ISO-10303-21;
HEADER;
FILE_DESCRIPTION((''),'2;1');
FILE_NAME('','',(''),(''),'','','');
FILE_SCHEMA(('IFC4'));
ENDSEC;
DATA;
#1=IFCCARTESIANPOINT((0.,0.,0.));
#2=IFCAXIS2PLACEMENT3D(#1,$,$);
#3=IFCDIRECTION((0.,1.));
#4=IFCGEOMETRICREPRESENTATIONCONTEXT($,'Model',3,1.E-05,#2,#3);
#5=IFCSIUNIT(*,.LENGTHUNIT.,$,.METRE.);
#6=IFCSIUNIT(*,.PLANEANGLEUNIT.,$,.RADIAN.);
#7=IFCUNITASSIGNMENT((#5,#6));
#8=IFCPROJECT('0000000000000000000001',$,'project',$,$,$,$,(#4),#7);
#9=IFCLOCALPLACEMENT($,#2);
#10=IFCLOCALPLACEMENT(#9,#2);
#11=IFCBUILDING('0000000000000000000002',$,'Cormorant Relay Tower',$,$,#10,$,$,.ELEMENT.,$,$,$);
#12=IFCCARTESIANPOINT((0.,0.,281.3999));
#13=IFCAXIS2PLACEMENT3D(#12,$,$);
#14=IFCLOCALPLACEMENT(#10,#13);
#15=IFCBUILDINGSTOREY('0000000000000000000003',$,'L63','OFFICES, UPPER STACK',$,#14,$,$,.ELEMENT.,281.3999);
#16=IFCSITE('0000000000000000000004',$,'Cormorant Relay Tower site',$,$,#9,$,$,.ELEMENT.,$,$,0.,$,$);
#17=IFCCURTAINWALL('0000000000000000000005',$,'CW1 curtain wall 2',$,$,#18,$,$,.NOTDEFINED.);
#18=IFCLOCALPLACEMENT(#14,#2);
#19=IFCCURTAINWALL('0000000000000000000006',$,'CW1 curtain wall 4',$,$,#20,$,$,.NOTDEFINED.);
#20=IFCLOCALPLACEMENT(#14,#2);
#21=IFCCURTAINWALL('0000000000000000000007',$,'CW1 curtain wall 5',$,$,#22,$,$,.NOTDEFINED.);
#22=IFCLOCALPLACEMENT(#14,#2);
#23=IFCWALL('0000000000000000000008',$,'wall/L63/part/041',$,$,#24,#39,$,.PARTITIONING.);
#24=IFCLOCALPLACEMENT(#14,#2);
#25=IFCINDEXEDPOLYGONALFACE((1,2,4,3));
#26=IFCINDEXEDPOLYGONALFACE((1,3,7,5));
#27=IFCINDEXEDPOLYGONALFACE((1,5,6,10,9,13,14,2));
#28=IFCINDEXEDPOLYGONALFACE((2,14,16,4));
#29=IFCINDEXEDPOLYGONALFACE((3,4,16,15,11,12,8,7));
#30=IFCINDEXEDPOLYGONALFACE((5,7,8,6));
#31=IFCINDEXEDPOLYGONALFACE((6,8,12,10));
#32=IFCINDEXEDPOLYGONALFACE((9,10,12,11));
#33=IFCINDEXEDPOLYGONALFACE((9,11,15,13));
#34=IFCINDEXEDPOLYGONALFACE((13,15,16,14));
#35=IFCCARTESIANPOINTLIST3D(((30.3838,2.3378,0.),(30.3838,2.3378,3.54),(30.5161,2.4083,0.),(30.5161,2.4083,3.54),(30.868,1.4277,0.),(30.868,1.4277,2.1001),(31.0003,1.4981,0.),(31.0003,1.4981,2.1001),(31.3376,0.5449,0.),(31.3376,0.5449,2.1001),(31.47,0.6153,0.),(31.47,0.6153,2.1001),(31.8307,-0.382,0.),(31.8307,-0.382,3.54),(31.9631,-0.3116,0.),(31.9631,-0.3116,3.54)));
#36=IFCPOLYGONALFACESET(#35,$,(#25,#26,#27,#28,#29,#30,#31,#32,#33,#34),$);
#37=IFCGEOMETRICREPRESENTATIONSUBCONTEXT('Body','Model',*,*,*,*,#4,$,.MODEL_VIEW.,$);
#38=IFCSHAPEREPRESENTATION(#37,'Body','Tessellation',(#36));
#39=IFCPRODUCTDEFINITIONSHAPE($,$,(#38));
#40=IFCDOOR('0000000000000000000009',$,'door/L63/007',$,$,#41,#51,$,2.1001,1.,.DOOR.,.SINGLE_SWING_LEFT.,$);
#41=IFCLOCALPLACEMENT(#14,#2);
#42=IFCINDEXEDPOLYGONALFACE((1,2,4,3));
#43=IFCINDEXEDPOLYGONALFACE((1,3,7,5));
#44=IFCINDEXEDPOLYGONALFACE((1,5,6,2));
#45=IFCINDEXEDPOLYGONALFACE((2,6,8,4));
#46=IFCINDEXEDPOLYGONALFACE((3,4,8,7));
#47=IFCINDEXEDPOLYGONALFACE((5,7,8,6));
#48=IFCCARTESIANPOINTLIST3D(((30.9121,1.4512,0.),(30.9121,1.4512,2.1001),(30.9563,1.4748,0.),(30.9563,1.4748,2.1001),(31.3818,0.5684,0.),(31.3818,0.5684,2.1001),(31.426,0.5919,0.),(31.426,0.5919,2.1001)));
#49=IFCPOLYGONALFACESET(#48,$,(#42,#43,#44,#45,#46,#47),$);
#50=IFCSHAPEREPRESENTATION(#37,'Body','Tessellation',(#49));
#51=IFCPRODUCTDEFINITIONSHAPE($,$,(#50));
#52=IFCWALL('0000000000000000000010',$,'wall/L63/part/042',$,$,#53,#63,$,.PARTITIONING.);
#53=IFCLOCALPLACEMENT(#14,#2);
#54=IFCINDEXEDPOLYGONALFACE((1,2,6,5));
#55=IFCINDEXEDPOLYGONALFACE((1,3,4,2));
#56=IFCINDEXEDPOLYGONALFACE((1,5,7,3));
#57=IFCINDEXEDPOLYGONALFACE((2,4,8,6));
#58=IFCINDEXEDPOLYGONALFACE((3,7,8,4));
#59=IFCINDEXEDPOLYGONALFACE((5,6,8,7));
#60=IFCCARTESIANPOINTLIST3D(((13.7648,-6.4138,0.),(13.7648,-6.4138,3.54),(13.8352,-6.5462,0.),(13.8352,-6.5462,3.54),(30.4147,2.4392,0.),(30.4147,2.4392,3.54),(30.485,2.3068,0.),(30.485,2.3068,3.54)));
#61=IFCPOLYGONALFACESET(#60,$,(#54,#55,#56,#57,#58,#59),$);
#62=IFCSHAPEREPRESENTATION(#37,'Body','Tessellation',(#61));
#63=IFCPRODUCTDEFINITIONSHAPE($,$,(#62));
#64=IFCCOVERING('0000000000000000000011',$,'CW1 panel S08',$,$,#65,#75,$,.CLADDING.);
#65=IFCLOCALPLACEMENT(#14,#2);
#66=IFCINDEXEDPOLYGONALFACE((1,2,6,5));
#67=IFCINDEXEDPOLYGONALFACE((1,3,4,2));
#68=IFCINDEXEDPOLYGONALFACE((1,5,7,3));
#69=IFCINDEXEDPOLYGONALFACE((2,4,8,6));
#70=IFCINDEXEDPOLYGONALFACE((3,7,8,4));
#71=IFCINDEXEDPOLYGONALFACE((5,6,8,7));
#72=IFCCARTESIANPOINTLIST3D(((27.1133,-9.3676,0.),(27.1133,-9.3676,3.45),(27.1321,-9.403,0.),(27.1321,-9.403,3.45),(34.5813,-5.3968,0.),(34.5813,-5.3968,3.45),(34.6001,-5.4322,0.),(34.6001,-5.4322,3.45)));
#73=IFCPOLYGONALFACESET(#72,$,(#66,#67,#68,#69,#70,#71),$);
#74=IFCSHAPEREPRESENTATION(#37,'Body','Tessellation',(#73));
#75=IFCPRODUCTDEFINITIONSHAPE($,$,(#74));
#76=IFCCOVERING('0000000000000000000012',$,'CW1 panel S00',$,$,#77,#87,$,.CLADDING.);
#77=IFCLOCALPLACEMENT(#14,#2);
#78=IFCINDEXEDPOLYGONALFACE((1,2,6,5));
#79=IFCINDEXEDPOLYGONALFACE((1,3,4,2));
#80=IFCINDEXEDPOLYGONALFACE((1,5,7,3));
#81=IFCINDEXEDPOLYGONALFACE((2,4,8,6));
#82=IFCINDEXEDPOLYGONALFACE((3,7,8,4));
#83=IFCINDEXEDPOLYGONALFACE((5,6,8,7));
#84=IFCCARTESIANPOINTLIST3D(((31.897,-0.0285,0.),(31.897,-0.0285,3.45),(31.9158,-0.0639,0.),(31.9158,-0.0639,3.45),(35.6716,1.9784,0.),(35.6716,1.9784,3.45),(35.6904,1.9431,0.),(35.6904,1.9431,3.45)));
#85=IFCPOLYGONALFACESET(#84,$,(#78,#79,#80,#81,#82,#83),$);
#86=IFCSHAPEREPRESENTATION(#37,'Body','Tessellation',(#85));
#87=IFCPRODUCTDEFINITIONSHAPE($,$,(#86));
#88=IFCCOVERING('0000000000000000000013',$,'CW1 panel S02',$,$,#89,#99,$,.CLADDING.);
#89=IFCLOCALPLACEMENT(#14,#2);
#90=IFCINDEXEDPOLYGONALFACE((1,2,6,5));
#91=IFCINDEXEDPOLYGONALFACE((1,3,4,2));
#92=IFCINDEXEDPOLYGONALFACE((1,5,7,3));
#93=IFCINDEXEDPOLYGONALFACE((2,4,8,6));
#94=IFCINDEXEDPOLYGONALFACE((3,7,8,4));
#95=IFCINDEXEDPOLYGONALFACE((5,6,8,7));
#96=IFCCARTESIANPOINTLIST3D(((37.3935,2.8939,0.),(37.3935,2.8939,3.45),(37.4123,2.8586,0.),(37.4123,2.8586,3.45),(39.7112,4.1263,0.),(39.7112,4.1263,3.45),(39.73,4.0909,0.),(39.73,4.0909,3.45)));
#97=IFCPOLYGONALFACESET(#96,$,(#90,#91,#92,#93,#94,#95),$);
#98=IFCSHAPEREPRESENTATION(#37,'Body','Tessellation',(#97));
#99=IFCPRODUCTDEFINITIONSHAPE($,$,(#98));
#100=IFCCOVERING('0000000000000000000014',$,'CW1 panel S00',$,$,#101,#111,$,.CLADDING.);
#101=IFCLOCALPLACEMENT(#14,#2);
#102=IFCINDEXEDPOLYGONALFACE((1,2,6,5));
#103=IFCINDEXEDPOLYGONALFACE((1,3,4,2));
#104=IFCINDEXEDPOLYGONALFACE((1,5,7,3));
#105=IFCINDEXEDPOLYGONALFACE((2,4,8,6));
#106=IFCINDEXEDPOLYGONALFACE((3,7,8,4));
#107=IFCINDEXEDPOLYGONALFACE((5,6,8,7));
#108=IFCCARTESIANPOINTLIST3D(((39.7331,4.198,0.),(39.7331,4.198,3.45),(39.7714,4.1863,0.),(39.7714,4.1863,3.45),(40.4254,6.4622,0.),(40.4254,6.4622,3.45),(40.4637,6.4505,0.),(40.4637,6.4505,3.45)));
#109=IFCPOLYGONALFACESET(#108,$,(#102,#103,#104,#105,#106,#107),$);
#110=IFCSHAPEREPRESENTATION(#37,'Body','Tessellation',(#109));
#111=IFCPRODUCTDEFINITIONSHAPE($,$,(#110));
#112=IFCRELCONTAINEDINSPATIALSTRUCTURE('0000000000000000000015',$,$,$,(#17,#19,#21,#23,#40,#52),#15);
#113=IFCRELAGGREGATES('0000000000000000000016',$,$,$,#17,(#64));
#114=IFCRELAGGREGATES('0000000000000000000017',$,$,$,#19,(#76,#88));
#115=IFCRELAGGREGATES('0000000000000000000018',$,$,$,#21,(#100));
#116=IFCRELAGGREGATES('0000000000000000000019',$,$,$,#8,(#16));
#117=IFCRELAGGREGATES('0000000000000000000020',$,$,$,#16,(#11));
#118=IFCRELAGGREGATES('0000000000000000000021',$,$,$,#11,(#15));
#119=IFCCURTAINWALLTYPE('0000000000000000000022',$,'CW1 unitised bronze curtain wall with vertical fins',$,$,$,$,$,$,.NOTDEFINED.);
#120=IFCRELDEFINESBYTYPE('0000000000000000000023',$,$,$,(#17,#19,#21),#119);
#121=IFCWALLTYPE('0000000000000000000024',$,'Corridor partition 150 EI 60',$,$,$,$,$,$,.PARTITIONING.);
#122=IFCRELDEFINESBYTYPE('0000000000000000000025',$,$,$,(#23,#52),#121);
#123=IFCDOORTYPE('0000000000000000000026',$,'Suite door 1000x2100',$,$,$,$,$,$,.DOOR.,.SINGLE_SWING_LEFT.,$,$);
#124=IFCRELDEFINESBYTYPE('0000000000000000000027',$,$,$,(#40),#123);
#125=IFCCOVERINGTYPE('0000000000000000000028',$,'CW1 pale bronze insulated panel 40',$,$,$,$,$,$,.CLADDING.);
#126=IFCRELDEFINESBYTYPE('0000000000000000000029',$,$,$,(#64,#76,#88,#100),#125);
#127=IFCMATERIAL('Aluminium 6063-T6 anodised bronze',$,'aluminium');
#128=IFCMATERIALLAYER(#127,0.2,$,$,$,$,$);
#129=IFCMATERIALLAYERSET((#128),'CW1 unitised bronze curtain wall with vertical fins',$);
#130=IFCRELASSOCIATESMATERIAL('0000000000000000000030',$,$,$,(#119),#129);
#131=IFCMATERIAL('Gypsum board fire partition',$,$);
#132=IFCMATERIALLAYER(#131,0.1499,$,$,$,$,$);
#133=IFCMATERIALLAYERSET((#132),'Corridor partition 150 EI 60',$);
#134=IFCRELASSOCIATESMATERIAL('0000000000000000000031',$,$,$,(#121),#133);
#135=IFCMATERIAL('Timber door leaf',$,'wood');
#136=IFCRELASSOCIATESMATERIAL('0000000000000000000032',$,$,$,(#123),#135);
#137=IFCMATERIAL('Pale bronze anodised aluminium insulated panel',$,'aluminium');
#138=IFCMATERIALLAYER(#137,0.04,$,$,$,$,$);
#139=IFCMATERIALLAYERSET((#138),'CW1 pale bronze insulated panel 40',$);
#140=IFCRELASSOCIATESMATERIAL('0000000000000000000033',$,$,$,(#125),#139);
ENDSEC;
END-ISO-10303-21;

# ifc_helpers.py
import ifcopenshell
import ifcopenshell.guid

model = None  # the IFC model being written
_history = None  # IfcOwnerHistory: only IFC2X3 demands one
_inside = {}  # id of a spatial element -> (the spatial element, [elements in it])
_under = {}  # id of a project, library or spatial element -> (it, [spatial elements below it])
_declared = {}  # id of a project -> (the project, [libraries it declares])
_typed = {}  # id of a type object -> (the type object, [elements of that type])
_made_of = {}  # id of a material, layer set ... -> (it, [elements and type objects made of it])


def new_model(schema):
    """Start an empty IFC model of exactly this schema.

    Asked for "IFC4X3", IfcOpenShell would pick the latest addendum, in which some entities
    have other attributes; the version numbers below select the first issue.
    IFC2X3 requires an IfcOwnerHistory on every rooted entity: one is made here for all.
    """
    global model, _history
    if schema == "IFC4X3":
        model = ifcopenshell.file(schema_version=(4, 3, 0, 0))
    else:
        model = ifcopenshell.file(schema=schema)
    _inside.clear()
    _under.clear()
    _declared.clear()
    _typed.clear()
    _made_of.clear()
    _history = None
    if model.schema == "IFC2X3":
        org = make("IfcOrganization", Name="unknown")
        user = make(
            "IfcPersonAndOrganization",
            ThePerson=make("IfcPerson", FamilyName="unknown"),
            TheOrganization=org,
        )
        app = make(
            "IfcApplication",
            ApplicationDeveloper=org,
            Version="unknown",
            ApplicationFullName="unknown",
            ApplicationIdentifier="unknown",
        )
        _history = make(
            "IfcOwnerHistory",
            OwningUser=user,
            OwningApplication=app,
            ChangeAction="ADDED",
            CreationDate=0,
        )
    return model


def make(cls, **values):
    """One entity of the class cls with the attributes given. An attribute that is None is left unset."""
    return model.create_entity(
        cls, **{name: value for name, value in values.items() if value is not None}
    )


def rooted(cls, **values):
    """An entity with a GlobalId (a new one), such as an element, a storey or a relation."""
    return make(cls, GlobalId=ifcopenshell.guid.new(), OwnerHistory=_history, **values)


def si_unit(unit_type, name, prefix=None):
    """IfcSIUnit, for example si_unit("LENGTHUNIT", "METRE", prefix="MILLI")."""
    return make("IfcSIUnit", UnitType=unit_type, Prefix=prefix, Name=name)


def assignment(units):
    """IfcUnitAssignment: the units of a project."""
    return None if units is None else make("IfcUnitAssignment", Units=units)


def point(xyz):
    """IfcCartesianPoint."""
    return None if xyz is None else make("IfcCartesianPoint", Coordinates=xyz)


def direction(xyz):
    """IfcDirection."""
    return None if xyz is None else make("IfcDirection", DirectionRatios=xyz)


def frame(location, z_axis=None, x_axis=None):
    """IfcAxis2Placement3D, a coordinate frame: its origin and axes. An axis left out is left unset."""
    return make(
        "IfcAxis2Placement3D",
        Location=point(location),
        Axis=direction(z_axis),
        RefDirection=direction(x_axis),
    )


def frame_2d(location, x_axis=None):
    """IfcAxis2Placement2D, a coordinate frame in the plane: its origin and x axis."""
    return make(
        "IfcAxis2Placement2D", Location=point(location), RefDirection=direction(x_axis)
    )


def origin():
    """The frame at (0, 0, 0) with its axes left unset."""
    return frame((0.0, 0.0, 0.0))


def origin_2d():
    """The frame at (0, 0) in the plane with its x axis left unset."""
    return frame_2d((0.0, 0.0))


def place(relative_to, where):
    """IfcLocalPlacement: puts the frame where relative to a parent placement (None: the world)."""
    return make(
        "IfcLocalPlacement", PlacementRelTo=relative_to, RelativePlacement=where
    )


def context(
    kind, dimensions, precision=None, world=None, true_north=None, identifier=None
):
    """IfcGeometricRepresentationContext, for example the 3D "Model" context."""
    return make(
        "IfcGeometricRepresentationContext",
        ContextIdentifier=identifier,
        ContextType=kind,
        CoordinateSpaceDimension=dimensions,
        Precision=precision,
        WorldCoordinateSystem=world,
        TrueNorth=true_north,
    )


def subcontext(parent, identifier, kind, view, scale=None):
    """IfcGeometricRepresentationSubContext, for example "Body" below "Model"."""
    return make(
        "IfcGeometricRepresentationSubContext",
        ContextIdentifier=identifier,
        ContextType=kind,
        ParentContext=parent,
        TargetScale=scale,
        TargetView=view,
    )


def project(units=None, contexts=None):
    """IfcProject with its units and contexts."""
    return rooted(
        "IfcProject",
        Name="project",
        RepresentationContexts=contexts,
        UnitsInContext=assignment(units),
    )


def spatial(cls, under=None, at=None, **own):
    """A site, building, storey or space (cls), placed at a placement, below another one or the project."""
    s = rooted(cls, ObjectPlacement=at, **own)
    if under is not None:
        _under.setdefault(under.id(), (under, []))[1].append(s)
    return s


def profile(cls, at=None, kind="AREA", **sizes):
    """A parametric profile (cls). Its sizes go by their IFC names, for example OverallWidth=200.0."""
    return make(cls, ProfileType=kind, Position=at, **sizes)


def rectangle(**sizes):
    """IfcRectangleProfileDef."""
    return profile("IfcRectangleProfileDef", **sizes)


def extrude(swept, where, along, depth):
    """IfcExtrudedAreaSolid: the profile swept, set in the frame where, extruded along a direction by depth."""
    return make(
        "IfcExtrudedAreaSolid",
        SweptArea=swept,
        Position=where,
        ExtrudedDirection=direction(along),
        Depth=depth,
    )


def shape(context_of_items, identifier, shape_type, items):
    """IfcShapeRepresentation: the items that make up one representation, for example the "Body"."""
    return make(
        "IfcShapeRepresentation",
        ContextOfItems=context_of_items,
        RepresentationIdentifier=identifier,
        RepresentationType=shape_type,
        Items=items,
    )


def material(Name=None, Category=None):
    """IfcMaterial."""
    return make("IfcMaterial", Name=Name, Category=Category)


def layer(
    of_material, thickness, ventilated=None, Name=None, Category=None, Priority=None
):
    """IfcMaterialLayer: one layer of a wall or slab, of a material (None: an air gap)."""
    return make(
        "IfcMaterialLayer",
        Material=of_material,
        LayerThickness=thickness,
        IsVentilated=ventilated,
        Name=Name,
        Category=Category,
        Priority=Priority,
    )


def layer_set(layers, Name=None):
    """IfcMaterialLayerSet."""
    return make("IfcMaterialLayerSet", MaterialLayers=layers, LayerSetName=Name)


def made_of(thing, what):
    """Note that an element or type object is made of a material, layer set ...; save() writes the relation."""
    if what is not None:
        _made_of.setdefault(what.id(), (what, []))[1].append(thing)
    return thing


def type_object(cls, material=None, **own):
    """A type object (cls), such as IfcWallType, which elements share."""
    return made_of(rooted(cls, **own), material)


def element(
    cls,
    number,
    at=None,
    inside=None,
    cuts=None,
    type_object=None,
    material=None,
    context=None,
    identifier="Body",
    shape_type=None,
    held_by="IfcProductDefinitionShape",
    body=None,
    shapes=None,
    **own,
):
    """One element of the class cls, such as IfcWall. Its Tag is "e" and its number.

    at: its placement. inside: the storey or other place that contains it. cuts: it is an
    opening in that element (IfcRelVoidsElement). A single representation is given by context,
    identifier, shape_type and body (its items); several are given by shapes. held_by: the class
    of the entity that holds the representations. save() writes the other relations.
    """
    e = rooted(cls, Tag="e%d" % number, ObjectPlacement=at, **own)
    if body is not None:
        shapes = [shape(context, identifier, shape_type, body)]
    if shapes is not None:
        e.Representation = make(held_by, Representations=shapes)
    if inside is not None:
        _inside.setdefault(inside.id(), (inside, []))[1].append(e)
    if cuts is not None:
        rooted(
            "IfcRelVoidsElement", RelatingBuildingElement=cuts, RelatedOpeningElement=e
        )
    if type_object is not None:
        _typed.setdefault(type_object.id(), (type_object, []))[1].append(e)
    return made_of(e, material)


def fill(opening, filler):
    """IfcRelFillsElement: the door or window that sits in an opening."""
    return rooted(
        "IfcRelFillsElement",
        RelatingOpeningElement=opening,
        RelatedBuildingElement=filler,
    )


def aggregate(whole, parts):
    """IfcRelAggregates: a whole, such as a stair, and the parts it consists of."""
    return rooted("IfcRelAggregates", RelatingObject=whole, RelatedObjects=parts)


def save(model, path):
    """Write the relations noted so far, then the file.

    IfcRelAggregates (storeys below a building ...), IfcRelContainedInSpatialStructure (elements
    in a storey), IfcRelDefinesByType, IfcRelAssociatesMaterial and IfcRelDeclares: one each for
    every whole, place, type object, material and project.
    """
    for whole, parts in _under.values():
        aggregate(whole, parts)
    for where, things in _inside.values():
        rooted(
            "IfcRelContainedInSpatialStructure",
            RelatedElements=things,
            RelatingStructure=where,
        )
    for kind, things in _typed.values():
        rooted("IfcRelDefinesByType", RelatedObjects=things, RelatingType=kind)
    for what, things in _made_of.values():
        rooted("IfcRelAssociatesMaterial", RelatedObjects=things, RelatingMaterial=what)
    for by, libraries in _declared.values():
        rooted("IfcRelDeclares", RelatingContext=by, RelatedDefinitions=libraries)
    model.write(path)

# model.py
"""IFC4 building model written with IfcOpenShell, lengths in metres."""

from ifc_helpers import new_model, si_unit, direction, frame, frame_2d, origin, origin_2d, place, context, subcontext, project, spatial, rectangle, extrude, material, layer, layer_set, type_object, element, fill, aggregate, save


model = new_model("IFC4")

# Units and contexts
model_context = context("Model", 3, precision=1e-05, world=origin(), true_north=direction((0.0, 1.0)))
body_context = subcontext(model_context, "Body", "Model", "MODEL_VIEW")
ifc_project = project(units=[si_unit("LENGTHUNIT", "METRE"), si_unit("PLANEANGLEUNIT", "RADIAN")], contexts=[model_context])

# Site, building, storey
site_placement = place(None, origin())
site = spatial("IfcSite", under=ifc_project, at=site_placement, Name="Cormorant Relay Tower site", CompositionType="ELEMENT", RefElevation=0.0)
building_placement = place(site_placement, origin())
building = spatial("IfcBuilding", under=site, at=building_placement, Name="Cormorant Relay Tower", CompositionType="ELEMENT")
storey_placement = place(building_placement, frame((0.0, 0.0, 281.3999)))
storey = spatial("IfcBuildingStorey", under=building, at=storey_placement, Name="L63", Description="OFFICES, UPPER STACK", CompositionType="ELEMENT", Elevation=281.3999)

# Curtain wall
ifc_material_1 = material(Name="Aluminium 6063-T6 anodised bronze", Category="aluminium")
ifc_layer_1 = layer(ifc_material_1, 0.2)
ifc_layer_set_1 = layer_set([ifc_layer_1], Name="CW1 unitised bronze curtain wall with vertical fins")
curtain_wall_type = type_object("IfcCurtainWallType", Name="CW1 unitised bronze curtain wall with vertical fins", PredefinedType="NOTDEFINED", material=ifc_layer_set_1)
curtain_wall_1_placement = place(storey_placement, origin())
curtain_wall_1 = element("IfcCurtainWall", 1, at=curtain_wall_1_placement, inside=storey, type_object=curtain_wall_type, Name="CW1 curtain wall 2", PredefinedType="NOTDEFINED")

# Curtain wall
curtain_wall_2_placement = place(storey_placement, origin())
curtain_wall_2 = element("IfcCurtainWall", 2, at=curtain_wall_2_placement, inside=storey, type_object=curtain_wall_type, Name="CW1 curtain wall 4", PredefinedType="NOTDEFINED")

# Curtain wall
curtain_wall_3_placement = place(storey_placement, origin())
curtain_wall_3 = element("IfcCurtainWall", 3, at=curtain_wall_3_placement, inside=storey, type_object=curtain_wall_type, Name="CW1 curtain wall 5", PredefinedType="NOTDEFINED")

# Wall, opening, door
ifc_material_2 = material(Name="Gypsum board fire partition")
ifc_layer_2 = layer(ifc_material_2, 0.1499)
ifc_layer_set_2 = layer_set([ifc_layer_2], Name="Corridor partition 150 EI 60")
wall_type_1 = type_object("IfcWallType", Name="Corridor partition 150 EI 60", PredefinedType="PARTITIONING", material=ifc_layer_set_2)
wall_1_placement = place(storey_placement, frame((31.897, -0.3469, 0.0), z_axis=(0.0, 0.0, 1.0), x_axis=(-0.469671, 0.882842, 0.0)))
wall_1 = element("IfcWall", 4, at=wall_1_placement, inside=storey, type_object=wall_type_1, Name="wall/L63/part/041", PredefinedType="PARTITIONING", context=body_context, shape_type="SweptSolid", body=[
    extrude(rectangle(XDim=3.0808, YDim=0.1499, at=frame_2d((1.5405, 0.0))), origin(), (0.0, 0.0, 1.0), 3.54),
])
opening_1_placement = place(wall_1_placement, frame((1.05, 0.0, 0.0)))
opening_1 = element("IfcOpeningElement", 5, at=opening_1_placement, cuts=wall_1, PredefinedType="OPENING", context=body_context, shape_type="SweptSolid", body=[
    extrude(rectangle(XDim=1.0, YDim=2.1001, at=frame_2d((0.5, 1.05))), frame((0.0, 0.085, 0.0), z_axis=(0.0, -1.0, 0.0), x_axis=(1.0, 0.0, 0.0)), (0.0, 0.0, 1.0), 0.1699),
])
ifc_material_3 = material(Name="Timber door leaf", Category="wood")
door_type_1 = type_object("IfcDoorType", Name="Suite door 1000x2100", OperationType="SINGLE_SWING_LEFT", PredefinedType="DOOR", material=ifc_material_3)
door_1_placement = place(opening_1_placement, origin())
door_1 = element("IfcDoor", 6, at=door_1_placement, inside=storey, type_object=door_type_1, Name="door/L63/007", OperationType="SINGLE_SWING_LEFT", OverallHeight=2.1001, OverallWidth=1.0, PredefinedType="DOOR", context=body_context, shape_type="SweptSolid", body=[
    extrude(rectangle(XDim=1.0, YDim=2.1001, at=frame_2d((0.5, 1.05))), frame((0.0, 0.0249, 0.0), z_axis=(0.0, -1.0, 0.0), x_axis=(1.0, 0.0, 0.0)), (0.0, 0.0, 1.0), 0.05),
])
fill(opening_1, door_1)

# Wall
wall_2_placement = place(storey_placement, frame((30.45, 2.373, 0.0), z_axis=(0.0, 0.0, 1.0), x_axis=(-0.882945, -0.469476, 0.0)))
element("IfcWall", 7, at=wall_2_placement, inside=storey, type_object=wall_type_1, Name="wall/L63/part/042", PredefinedType="PARTITIONING", context=body_context, shape_type="SweptSolid", body=[
    extrude(rectangle(XDim=18.8572, YDim=0.1499, at=frame_2d((9.4287, 0.0))), origin(), (0.0, 0.0, 1.0), 3.54),
])

# Coverings
ifc_material_4 = material(Name="Pale bronze anodised aluminium insulated panel", Category="aluminium")
ifc_layer_3 = layer(ifc_material_4, 0.04)
ifc_layer_set_3 = layer_set([ifc_layer_3], Name="CW1 pale bronze insulated panel 40")
covering_type = type_object("IfcCoveringType", Name="CW1 pale bronze insulated panel 40", PredefinedType="CLADDING", material=ifc_layer_set_3)
covering_1_placement = place(storey_placement, frame((30.8567, -7.3999, 0.0), z_axis=(0.0, 0.0, 1.0), x_axis=(0.882948, 0.469472, 0.0)))
covering_1 = element("IfcCovering", 8, at=covering_1_placement, type_object=covering_type, Name="CW1 panel S08", PredefinedType="CLADDING", context=body_context, shape_type="SweptSolid", body=[
    extrude(rectangle(XDim=8.458, YDim=0.04, at=origin_2d()), origin(), (0.0, 0.0, 1.0), 3.45),
])
aggregate(curtain_wall_1, [covering_1])
covering_2_placement = place(storey_placement, frame((33.7937, 0.9573, 0.0), z_axis=(0.0, 0.0, 1.0), x_axis=(0.882948, 0.469472, 0.0)))
covering_2 = element("IfcCovering", 9, at=covering_2_placement, type_object=covering_type, Name="CW1 panel S00", PredefinedType="CLADDING", context=body_context, shape_type="SweptSolid", body=[
    extrude(rectangle(XDim=4.2749, YDim=0.04, at=origin_2d()), origin(), (0.0, 0.0, 1.0), 3.45),
])
covering_3_placement = place(storey_placement, frame((38.5618, 3.4924, 0.0), z_axis=(0.0, 0.0, 1.0), x_axis=(0.882948, 0.469472, 0.0)))
covering_3 = element("IfcCovering", 10, at=covering_3_placement, type_object=covering_type, Name="CW1 panel S02", PredefinedType="CLADDING", context=body_context, shape_type="SweptSolid", body=[
    extrude(rectangle(XDim=2.625, YDim=0.04, at=origin_2d()), origin(), (0.0, 0.0, 1.0), 3.45),
])
aggregate(curtain_wall_2, [covering_2, covering_3])
covering_4_placement = place(storey_placement, frame((40.0984, 5.3242, 0.0), z_axis=(0.0, 0.0, 1.0), x_axis=(0.292372, 0.956305, 0.0)))
covering_4 = element("IfcCovering", 11, at=covering_4_placement, type_object=covering_type, Name="CW1 panel S00", PredefinedType="CLADDING", context=body_context, shape_type="SweptSolid", body=[
    extrude(rectangle(XDim=2.3677, YDim=0.04, at=origin_2d()), origin(), (0.0, 0.0, 1.0), 3.45),
])
aggregate(curtain_wall_3, [covering_4])

save(model, "model.ifc")
